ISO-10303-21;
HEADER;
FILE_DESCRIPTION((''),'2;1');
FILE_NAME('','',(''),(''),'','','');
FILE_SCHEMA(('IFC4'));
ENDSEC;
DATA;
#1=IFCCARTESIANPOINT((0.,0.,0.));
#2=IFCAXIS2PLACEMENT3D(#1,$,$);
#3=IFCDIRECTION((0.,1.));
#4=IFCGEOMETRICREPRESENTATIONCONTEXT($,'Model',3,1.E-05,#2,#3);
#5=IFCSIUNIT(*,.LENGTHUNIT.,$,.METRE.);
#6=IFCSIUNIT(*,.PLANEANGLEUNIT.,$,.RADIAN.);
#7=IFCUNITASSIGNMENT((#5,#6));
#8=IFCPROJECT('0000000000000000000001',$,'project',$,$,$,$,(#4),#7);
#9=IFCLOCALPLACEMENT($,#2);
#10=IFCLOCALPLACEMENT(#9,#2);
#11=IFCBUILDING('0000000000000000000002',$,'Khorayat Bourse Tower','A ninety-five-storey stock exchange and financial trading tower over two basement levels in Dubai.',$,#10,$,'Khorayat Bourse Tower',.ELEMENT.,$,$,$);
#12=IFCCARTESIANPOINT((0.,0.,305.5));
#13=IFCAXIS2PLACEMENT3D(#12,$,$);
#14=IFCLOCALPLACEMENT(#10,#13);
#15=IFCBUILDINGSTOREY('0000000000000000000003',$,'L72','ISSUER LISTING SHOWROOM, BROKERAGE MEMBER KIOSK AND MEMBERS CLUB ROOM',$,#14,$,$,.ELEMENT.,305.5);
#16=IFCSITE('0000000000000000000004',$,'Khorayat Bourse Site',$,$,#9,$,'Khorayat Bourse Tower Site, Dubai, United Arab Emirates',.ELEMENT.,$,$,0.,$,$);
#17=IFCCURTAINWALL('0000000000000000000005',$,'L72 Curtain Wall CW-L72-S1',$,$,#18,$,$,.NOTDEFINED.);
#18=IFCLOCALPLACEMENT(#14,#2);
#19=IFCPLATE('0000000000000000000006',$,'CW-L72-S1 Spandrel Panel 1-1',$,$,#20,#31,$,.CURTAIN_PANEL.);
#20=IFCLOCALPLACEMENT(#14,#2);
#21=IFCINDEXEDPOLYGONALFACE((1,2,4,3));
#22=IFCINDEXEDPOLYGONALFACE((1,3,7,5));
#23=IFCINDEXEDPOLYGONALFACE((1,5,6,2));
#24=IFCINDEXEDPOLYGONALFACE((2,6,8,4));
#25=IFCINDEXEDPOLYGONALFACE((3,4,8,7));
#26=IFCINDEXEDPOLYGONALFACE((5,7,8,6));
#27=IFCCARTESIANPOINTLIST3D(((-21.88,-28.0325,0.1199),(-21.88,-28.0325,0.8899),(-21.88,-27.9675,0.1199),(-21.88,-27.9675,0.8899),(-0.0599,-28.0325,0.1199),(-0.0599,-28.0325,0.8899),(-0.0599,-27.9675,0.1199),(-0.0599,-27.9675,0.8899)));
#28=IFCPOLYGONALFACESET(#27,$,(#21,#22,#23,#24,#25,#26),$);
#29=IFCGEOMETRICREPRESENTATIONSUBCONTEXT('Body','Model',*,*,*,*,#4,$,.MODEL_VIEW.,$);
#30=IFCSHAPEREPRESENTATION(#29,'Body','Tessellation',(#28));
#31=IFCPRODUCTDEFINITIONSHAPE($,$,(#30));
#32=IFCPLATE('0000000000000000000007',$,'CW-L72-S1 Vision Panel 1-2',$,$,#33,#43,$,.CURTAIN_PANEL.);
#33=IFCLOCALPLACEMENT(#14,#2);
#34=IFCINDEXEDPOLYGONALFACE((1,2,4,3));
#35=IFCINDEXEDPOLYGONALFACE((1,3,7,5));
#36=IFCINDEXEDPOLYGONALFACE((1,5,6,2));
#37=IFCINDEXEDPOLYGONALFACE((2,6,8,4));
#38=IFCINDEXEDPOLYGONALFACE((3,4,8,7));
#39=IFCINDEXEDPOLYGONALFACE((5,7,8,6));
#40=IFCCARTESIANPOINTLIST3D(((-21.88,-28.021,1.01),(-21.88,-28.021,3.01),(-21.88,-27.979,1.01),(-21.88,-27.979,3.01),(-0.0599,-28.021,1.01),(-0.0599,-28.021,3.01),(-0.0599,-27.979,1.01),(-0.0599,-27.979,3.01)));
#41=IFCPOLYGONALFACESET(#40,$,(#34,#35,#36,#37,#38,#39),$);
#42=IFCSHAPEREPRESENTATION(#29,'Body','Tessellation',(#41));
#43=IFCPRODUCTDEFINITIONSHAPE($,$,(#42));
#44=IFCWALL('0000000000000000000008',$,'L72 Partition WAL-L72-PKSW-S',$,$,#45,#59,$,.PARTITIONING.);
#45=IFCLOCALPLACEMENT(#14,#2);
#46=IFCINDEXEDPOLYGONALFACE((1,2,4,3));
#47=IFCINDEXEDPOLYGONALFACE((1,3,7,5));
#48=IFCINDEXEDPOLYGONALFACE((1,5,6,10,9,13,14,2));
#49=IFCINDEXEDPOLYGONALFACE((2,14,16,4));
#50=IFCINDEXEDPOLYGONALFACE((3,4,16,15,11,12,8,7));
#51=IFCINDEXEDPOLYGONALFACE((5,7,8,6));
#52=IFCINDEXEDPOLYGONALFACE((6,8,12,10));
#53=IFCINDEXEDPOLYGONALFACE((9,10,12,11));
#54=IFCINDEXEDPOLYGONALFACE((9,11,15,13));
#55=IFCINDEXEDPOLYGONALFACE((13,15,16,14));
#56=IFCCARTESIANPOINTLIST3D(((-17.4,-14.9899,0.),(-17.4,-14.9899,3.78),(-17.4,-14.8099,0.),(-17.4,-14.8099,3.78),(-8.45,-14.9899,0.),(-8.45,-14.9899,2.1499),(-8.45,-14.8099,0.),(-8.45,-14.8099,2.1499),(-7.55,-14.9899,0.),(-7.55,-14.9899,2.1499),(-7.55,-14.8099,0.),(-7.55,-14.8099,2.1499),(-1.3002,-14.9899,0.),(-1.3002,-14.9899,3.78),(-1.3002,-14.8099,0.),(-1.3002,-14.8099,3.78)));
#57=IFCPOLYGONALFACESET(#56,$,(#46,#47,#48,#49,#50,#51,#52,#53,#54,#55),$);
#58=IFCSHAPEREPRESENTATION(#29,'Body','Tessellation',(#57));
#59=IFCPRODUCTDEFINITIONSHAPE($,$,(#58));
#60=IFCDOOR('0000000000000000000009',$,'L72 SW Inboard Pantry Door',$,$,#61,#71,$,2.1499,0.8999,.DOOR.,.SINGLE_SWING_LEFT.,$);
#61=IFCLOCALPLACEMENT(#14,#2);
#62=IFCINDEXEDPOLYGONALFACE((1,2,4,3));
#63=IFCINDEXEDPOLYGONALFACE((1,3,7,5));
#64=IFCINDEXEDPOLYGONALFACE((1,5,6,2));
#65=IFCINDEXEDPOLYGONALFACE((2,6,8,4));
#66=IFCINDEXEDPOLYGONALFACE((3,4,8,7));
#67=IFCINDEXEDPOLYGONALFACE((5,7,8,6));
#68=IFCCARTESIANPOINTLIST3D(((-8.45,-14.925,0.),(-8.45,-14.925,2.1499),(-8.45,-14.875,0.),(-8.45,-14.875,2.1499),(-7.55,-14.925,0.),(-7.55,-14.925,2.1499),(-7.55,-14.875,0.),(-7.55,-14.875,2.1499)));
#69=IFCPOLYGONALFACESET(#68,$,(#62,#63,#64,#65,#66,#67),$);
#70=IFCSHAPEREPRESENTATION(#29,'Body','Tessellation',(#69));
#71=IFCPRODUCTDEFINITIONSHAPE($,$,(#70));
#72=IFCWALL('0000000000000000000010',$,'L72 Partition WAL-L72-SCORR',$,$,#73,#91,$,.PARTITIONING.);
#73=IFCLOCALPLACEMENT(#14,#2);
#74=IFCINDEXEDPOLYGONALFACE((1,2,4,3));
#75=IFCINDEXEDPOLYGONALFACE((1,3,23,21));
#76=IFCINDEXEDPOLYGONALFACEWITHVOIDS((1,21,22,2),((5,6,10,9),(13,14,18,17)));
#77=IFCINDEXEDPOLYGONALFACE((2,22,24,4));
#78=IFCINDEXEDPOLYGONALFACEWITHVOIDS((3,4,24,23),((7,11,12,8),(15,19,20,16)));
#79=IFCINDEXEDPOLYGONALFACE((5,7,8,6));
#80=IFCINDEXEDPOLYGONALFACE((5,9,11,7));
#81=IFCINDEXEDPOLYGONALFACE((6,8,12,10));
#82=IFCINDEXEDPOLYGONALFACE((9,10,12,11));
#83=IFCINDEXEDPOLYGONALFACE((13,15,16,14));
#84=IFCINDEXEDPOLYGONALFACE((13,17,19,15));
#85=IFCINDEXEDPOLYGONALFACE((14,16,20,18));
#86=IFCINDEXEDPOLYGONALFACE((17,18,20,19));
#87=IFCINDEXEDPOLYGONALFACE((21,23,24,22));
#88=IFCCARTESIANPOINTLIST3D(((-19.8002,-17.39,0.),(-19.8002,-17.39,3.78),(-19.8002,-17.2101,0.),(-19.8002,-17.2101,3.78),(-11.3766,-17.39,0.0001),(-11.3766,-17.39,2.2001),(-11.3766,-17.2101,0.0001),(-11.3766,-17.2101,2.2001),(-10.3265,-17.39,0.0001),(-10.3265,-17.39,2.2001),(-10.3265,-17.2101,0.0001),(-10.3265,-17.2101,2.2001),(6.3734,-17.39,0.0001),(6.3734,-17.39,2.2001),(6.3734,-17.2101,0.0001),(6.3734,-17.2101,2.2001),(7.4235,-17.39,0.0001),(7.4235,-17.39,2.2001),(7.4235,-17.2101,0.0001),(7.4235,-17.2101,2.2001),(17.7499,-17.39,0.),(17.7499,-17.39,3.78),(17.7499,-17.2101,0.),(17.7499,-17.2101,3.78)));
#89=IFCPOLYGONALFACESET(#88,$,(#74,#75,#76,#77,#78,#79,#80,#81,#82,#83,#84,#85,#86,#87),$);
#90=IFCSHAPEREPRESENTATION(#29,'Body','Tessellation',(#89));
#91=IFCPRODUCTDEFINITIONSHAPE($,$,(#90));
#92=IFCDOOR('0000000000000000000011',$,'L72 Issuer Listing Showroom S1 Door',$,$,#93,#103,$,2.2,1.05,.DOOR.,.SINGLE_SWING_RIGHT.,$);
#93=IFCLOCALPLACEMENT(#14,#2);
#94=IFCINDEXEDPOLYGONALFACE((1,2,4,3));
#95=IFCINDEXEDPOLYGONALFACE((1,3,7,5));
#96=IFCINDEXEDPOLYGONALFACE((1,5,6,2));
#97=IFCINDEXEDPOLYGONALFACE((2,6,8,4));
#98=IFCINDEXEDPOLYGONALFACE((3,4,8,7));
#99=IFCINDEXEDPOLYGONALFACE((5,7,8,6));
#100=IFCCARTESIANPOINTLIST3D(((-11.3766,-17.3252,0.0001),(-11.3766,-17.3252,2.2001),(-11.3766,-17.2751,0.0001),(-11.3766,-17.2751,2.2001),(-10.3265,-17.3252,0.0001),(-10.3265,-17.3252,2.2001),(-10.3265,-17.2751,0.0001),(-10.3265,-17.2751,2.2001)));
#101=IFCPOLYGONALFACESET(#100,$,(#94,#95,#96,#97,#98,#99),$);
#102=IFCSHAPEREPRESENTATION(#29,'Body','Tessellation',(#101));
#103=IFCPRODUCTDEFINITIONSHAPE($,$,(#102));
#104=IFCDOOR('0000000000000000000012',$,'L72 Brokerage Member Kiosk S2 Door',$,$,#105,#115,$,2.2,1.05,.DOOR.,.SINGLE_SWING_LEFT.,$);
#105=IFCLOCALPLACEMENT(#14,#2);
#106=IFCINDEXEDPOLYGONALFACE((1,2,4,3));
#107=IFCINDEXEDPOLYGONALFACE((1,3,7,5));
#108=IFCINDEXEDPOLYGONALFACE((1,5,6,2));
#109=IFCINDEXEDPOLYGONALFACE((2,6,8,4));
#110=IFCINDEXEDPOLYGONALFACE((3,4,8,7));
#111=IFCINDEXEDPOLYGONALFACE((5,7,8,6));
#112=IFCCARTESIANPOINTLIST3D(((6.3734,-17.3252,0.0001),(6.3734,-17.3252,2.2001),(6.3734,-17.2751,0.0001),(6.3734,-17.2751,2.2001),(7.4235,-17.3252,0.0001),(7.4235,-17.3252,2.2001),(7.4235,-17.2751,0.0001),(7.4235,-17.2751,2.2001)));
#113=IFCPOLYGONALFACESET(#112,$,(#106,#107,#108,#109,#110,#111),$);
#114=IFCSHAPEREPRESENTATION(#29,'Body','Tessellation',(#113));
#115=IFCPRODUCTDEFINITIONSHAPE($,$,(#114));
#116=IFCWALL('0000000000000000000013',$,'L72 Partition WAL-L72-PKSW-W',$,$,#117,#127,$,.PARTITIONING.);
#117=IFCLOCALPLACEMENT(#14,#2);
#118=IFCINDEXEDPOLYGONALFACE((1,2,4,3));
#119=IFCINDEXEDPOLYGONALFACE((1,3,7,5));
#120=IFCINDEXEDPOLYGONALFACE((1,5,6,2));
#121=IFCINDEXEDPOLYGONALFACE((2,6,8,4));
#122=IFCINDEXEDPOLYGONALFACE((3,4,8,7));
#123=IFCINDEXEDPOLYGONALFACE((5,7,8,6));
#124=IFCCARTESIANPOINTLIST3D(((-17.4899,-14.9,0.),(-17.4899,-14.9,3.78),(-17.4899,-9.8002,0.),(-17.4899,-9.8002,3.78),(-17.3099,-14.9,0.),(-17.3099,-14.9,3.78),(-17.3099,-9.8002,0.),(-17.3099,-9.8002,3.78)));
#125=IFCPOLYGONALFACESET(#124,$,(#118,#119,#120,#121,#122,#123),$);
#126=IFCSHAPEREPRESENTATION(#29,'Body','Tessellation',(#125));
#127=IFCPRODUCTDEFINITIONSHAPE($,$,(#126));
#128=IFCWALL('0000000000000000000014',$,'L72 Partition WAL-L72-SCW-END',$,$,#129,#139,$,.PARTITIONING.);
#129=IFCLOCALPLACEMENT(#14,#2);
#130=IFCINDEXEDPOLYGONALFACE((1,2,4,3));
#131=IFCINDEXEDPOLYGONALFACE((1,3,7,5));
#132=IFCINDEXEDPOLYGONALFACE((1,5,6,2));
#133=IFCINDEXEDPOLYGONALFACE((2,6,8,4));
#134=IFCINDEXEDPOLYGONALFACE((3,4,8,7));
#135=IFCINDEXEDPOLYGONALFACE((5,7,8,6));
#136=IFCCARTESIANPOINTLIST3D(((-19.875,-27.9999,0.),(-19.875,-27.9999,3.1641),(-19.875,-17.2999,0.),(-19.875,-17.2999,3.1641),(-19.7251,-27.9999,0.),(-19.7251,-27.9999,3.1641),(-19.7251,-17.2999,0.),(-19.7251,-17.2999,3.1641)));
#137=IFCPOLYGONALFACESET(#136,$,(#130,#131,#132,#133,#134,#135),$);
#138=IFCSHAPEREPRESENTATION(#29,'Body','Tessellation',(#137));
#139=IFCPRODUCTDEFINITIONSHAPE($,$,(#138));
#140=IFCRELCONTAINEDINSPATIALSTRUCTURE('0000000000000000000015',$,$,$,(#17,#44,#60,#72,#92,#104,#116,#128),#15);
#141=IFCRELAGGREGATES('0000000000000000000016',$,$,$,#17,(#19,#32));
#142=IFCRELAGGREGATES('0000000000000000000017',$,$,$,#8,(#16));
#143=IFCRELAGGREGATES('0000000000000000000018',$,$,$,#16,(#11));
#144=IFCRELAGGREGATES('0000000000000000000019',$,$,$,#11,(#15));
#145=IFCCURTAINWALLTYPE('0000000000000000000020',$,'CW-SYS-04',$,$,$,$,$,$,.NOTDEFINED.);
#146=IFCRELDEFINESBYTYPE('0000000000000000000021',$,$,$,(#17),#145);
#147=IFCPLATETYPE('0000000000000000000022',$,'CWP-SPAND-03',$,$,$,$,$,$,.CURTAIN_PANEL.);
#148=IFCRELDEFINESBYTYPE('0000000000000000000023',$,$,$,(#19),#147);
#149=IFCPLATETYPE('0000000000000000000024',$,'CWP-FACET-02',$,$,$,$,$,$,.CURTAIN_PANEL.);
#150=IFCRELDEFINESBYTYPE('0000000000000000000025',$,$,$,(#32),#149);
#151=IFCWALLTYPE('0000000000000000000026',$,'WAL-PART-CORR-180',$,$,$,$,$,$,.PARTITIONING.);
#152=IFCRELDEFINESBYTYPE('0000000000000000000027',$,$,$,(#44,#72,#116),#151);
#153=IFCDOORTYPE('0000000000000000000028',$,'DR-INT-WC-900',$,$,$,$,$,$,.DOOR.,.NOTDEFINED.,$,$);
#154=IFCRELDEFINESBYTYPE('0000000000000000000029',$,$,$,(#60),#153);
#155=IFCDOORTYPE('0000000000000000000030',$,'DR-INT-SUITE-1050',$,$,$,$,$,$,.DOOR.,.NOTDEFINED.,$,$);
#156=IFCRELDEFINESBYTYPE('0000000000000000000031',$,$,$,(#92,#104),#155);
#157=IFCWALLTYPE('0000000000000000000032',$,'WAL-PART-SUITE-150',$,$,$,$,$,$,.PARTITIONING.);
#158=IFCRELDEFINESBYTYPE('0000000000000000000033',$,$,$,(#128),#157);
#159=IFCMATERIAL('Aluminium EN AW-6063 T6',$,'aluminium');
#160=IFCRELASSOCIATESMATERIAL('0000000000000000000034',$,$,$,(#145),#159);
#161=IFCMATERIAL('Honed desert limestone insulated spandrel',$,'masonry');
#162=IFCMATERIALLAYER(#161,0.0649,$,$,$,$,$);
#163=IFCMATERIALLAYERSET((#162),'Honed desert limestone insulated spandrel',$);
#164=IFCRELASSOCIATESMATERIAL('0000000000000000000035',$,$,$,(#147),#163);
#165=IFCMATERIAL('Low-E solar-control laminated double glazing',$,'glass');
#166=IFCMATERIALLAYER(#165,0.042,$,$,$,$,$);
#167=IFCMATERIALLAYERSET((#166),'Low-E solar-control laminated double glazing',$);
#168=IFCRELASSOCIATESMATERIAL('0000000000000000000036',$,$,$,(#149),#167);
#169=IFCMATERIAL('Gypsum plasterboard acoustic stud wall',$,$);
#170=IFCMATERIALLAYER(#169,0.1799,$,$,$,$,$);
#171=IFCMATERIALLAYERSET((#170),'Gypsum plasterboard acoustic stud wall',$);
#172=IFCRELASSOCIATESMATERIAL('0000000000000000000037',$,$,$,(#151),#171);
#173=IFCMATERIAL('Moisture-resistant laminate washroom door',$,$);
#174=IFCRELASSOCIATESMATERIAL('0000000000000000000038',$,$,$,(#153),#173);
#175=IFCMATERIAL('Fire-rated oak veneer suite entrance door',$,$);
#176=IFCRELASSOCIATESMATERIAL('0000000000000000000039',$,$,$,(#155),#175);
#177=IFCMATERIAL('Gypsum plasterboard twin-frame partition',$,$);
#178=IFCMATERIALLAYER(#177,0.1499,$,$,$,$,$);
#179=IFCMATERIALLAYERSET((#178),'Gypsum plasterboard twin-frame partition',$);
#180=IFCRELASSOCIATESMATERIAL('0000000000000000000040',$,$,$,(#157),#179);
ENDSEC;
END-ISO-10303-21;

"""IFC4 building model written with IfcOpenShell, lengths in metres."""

from ifc_helpers import new_model, si_unit, direction, frame, frame_2d, origin, origin_2d, place, context, subcontext, project, spatial, rectangle, extrude, source, transform, mapped, material, layer, layer_set, type_object, element, fill, aggregate, save


model = new_model("IFC4")

# Units and contexts
model_context = context("Model", 3, precision=1e-05, world=origin(), true_north=direction((0.0, 1.0)))
body_context = subcontext(model_context, "Body", "Model", "MODEL_VIEW")
ifc_project = project(units=[si_unit("LENGTHUNIT", "METRE"), si_unit("PLANEANGLEUNIT", "RADIAN")], contexts=[model_context])

# Site, building, storey
site_placement = place(None, origin())
site = spatial("IfcSite", under=ifc_project, at=site_placement, Name="Khorayat Bourse Site", LongName="Khorayat Bourse Tower Site, Dubai, United Arab Emirates", CompositionType="ELEMENT", RefElevation=0.0)
building_placement = place(site_placement, origin())
building = spatial("IfcBuilding", under=site, at=building_placement, Name="Khorayat Bourse Tower", Description="A ninety-five-storey stock exchange and financial trading tower over two basement levels in Dubai.", LongName="Khorayat Bourse Tower", CompositionType="ELEMENT")
storey_placement = place(building_placement, frame((0.0, 0.0, 305.5)))
storey = spatial("IfcBuildingStorey", under=building, at=storey_placement, Name="L72", Description="ISSUER LISTING SHOWROOM, BROKERAGE MEMBER KIOSK AND MEMBERS CLUB ROOM", CompositionType="ELEMENT", Elevation=305.5)

# Curtain wall
ifc_material_1 = material(Name="Aluminium EN AW-6063 T6", Category="aluminium")
curtain_wall_type = type_object("IfcCurtainWallType", Name="CW-SYS-04", PredefinedType="NOTDEFINED", material=ifc_material_1)
curtain_wall_placement = place(storey_placement, origin())
curtain_wall = element("IfcCurtainWall", 1, at=curtain_wall_placement, inside=storey, type_object=curtain_wall_type, Name="L72 Curtain Wall CW-L72-S1", PredefinedType="NOTDEFINED")

# Plates
ifc_material_2 = material(Name="Honed desert limestone insulated spandrel", Category="masonry")
ifc_layer_1 = layer(ifc_material_2, 0.0649)
ifc_layer_set_1 = layer_set([ifc_layer_1], Name="Honed desert limestone insulated spandrel")
plate_type_1 = type_object("IfcPlateType", Name="CWP-SPAND-03", PredefinedType="CURTAIN_PANEL", material=ifc_layer_set_1)
shared_shape_1 = source(origin(), body_context, "Body", "SweptSolid", [
    extrude(rectangle(XDim=21.8201, YDim=0.0649, at=origin_2d()), origin(), (0.0, 0.0, 1.0), 0.77),
])
plate_1_placement = place(storey_placement, frame((-10.97, -28.0, 0.1199), z_axis=(0.0, 0.0, 1.0), x_axis=(1.0, 0.0, 0.0)))
plate_1 = element("IfcPlate", 2, at=plate_1_placement, type_object=plate_type_1, Name="CW-L72-S1 Spandrel Panel 1-1", PredefinedType="CURTAIN_PANEL", context=body_context, shape_type="MappedRepresentation", body=[
    mapped(shared_shape_1, transform((0.0, 0.0, 0.0), scale=1.0)),
])
ifc_material_3 = material(Name="Low-E solar-control laminated double glazing", Category="glass")
ifc_layer_2 = layer(ifc_material_3, 0.042)
ifc_layer_set_2 = layer_set([ifc_layer_2], Name="Low-E solar-control laminated double glazing")
plate_type_2 = type_object("IfcPlateType", Name="CWP-FACET-02", PredefinedType="CURTAIN_PANEL", material=ifc_layer_set_2)
shared_shape_2 = source(origin(), body_context, "Body", "SweptSolid", [
    extrude(rectangle(XDim=21.8201, YDim=0.042, at=origin_2d()), origin(), (0.0, 0.0, 1.0), 2.0),
])
plate_2_placement = place(storey_placement, frame((-10.97, -28.0, 1.01), z_axis=(0.0, 0.0, 1.0), x_axis=(1.0, 0.0, 0.0)))
plate_2 = element("IfcPlate", 3, at=plate_2_placement, type_object=plate_type_2, Name="CW-L72-S1 Vision Panel 1-2", PredefinedType="CURTAIN_PANEL", context=body_context, shape_type="MappedRepresentation", body=[
    mapped(shared_shape_2, transform((0.0, 0.0, 0.0), scale=1.0)),
])
aggregate(curtain_wall, [plate_1, plate_2])

# Wall, opening, door
ifc_material_4 = material(Name="Gypsum plasterboard acoustic stud wall")
ifc_layer_3 = layer(ifc_material_4, 0.1799)
ifc_layer_set_3 = layer_set([ifc_layer_3], Name="Gypsum plasterboard acoustic stud wall")
wall_type_1 = type_object("IfcWallType", Name="WAL-PART-CORR-180", PredefinedType="PARTITIONING", material=ifc_layer_set_3)
shared_shape_3 = source(origin(), body_context, "Body", "SweptSolid", [
    extrude(rectangle(XDim=16.0999, YDim=0.1799, at=frame_2d((8.0498, 0.0))), origin(), (0.0, 0.0, 1.0), 3.78),
])
wall_1_placement = place(storey_placement, frame((-17.3999, -14.8999, 0.0), z_axis=(0.0, 0.0, 1.0), x_axis=(1.0, 0.0, 0.0)))
wall_1 = element("IfcWall", 4, at=wall_1_placement, inside=storey, type_object=wall_type_1, Name="L72 Partition WAL-L72-PKSW-S", PredefinedType="PARTITIONING", context=body_context, shape_type="MappedRepresentation", body=[
    mapped(shared_shape_3, transform((0.0, 0.0, 0.0), scale=1.0)),
])
shared_shape_4 = source(origin(), body_context, "Body", "SweptSolid", [
    extrude(rectangle(XDim=0.8999, YDim=2.1499, at=frame_2d((0.45, 1.075))), frame((0.0, 0.0999, 0.0), z_axis=(0.0, -1.0, 0.0), x_axis=(1.0, 0.0, 0.0)), (0.0, 0.0, 1.0), 0.2),
])
opening_1_placement = place(wall_1_placement, frame((8.95, 0.0, 0.0)))
opening_1 = element("IfcOpeningElement", 5, at=opening_1_placement, cuts=wall_1, PredefinedType="OPENING", context=body_context, shape_type="MappedRepresentation", body=[
    mapped(shared_shape_4, transform((0.0, 0.0, 0.0), scale=1.0)),
])
ifc_material_5 = material(Name="Moisture-resistant laminate washroom door")
door_type_1 = type_object("IfcDoorType", Name="DR-INT-WC-900", OperationType="NOTDEFINED", PredefinedType="DOOR", material=ifc_material_5)
shared_shape_5 = source(origin(), body_context, "Body", "SweptSolid", [
    extrude(rectangle(XDim=0.8999, YDim=2.1499, at=frame_2d((0.45, 1.075))), frame((0.0, 0.0249, 0.0), z_axis=(0.0, -1.0, 0.0), x_axis=(1.0, 0.0, 0.0)), (0.0, 0.0, 1.0), 0.05),
])
door_1_placement = place(opening_1_placement, origin())
door_1 = element("IfcDoor", 6, at=door_1_placement, inside=storey, type_object=door_type_1, Name="L72 SW Inboard Pantry Door", OperationType="SINGLE_SWING_LEFT", OverallHeight=2.1499, OverallWidth=0.8999, PredefinedType="DOOR", context=body_context, shape_type="MappedRepresentation", body=[
    mapped(shared_shape_5, transform((0.0, 0.0, 0.0), scale=1.0)),
])
fill(opening_1, door_1)

# Wall, openings, doors
shared_shape_6 = source(origin(), body_context, "Body", "SweptSolid", [
    extrude(rectangle(XDim=37.55, YDim=0.1799, at=frame_2d((18.7749, 0.0))), origin(), (0.0, 0.0, 1.0), 3.78),
])
wall_2_placement = place(storey_placement, frame((-19.8, -17.3, 0.0), z_axis=(0.0, 0.0, 1.0), x_axis=(1.0, 0.0, 0.0)))
wall_2 = element("IfcWall", 7, at=wall_2_placement, inside=storey, type_object=wall_type_1, Name="L72 Partition WAL-L72-SCORR", PredefinedType="PARTITIONING", context=body_context, shape_type="MappedRepresentation", body=[
    mapped(shared_shape_6, transform((0.0, 0.0, 0.0), scale=1.0)),
])
shared_shape_7 = source(origin(), body_context, "Body", "SweptSolid", [
    extrude(rectangle(XDim=1.05, YDim=2.2, at=frame_2d((0.5249, 1.1001))), frame((0.0, 0.0999, 0.0), z_axis=(0.0, -1.0, 0.0), x_axis=(1.0, 0.0, 0.0)), (0.0, 0.0, 1.0), 0.2),
])
opening_2_placement = place(wall_2_placement, frame((8.4236, 0.0, 0.0)))
opening_2 = element("IfcOpeningElement", 8, at=opening_2_placement, cuts=wall_2, PredefinedType="OPENING", context=body_context, shape_type="MappedRepresentation", body=[
    mapped(shared_shape_7, transform((0.0, 0.0, 0.0), scale=1.0)),
])
opening_3_placement = place(wall_2_placement, frame((26.1736, 0.0, 0.0)))
opening_3 = element("IfcOpeningElement", 9, at=opening_3_placement, cuts=wall_2, PredefinedType="OPENING", context=body_context, shape_type="MappedRepresentation", body=[
    mapped(shared_shape_7, transform((0.0, 0.0, 0.0), scale=1.0)),
])
ifc_material_6 = material(Name="Fire-rated oak veneer suite entrance door")
door_type_2 = type_object("IfcDoorType", Name="DR-INT-SUITE-1050", OperationType="NOTDEFINED", PredefinedType="DOOR", material=ifc_material_6)
shared_shape_8 = source(origin(), body_context, "Body", "SweptSolid", [
    extrude(rectangle(XDim=1.05, YDim=2.2, at=frame_2d((0.5249, 1.1001))), frame((0.0, 0.0249, 0.0), z_axis=(0.0, -1.0, 0.0), x_axis=(1.0, 0.0, 0.0)), (0.0, 0.0, 1.0), 0.05),
])
door_2_placement = place(opening_2_placement, origin())
door_2 = element("IfcDoor", 10, at=door_2_placement, inside=storey, type_object=door_type_2, Name="L72 Issuer Listing Showroom S1 Door", OperationType="SINGLE_SWING_RIGHT", OverallHeight=2.2, OverallWidth=1.05, PredefinedType="DOOR", context=body_context, shape_type="MappedRepresentation", body=[
    mapped(shared_shape_8, transform((0.0, 0.0, 0.0), scale=1.0)),
])
fill(opening_2, door_2)
door_3_placement = place(opening_3_placement, origin())
door_3 = element("IfcDoor", 11, at=door_3_placement, inside=storey, type_object=door_type_2, Name="L72 Brokerage Member Kiosk S2 Door", OperationType="SINGLE_SWING_LEFT", OverallHeight=2.2, OverallWidth=1.05, PredefinedType="DOOR", context=body_context, shape_type="MappedRepresentation", body=[
    mapped(shared_shape_8, transform((0.0, 0.0, 0.0), scale=1.0)),
])
fill(opening_3, door_3)

# Walls
shared_shape_9 = source(origin(), body_context, "Body", "SweptSolid", [
    extrude(rectangle(XDim=5.0999, YDim=0.1799, at=frame_2d((2.5498, 0.0))), origin(), (0.0, 0.0, 1.0), 3.78),
])
wall_3_placement = place(storey_placement, frame((-17.3999, -14.8999, 0.0), z_axis=(0.0, 0.0, 1.0), x_axis=(0.0, 1.0, 0.0)))
element("IfcWall", 12, at=wall_3_placement, inside=storey, type_object=wall_type_1, Name="L72 Partition WAL-L72-PKSW-W", PredefinedType="PARTITIONING", context=body_context, shape_type="MappedRepresentation", body=[
    mapped(shared_shape_9, transform((0.0, 0.0, 0.0), scale=1.0)),
])
ifc_material_7 = material(Name="Gypsum plasterboard twin-frame partition")
ifc_layer_4 = layer(ifc_material_7, 0.1499)
ifc_layer_set_4 = layer_set([ifc_layer_4], Name="Gypsum plasterboard twin-frame partition")
wall_type_2 = type_object("IfcWallType", Name="WAL-PART-SUITE-150", PredefinedType="PARTITIONING", material=ifc_layer_set_4)
shared_shape_10 = source(origin(), body_context, "Body", "SweptSolid", [
    extrude(rectangle(XDim=10.7, YDim=0.1499, at=frame_2d((5.3501, 0.0))), origin(), (0.0, 0.0, 1.0), 3.1641),
])
wall_4_placement = place(storey_placement, frame((-19.8, -28.0, 0.0), z_axis=(0.0, 0.0, 1.0), x_axis=(0.0, 1.0, 0.0)))
element("IfcWall", 13, at=wall_4_placement, inside=storey, type_object=wall_type_2, Name="L72 Partition WAL-L72-SCW-END", PredefinedType="PARTITIONING", context=body_context, shape_type="MappedRepresentation", body=[
    mapped(shared_shape_10, transform((0.0, 0.0, 0.0), scale=1.0)),
])

save(model, "model.ifc")
